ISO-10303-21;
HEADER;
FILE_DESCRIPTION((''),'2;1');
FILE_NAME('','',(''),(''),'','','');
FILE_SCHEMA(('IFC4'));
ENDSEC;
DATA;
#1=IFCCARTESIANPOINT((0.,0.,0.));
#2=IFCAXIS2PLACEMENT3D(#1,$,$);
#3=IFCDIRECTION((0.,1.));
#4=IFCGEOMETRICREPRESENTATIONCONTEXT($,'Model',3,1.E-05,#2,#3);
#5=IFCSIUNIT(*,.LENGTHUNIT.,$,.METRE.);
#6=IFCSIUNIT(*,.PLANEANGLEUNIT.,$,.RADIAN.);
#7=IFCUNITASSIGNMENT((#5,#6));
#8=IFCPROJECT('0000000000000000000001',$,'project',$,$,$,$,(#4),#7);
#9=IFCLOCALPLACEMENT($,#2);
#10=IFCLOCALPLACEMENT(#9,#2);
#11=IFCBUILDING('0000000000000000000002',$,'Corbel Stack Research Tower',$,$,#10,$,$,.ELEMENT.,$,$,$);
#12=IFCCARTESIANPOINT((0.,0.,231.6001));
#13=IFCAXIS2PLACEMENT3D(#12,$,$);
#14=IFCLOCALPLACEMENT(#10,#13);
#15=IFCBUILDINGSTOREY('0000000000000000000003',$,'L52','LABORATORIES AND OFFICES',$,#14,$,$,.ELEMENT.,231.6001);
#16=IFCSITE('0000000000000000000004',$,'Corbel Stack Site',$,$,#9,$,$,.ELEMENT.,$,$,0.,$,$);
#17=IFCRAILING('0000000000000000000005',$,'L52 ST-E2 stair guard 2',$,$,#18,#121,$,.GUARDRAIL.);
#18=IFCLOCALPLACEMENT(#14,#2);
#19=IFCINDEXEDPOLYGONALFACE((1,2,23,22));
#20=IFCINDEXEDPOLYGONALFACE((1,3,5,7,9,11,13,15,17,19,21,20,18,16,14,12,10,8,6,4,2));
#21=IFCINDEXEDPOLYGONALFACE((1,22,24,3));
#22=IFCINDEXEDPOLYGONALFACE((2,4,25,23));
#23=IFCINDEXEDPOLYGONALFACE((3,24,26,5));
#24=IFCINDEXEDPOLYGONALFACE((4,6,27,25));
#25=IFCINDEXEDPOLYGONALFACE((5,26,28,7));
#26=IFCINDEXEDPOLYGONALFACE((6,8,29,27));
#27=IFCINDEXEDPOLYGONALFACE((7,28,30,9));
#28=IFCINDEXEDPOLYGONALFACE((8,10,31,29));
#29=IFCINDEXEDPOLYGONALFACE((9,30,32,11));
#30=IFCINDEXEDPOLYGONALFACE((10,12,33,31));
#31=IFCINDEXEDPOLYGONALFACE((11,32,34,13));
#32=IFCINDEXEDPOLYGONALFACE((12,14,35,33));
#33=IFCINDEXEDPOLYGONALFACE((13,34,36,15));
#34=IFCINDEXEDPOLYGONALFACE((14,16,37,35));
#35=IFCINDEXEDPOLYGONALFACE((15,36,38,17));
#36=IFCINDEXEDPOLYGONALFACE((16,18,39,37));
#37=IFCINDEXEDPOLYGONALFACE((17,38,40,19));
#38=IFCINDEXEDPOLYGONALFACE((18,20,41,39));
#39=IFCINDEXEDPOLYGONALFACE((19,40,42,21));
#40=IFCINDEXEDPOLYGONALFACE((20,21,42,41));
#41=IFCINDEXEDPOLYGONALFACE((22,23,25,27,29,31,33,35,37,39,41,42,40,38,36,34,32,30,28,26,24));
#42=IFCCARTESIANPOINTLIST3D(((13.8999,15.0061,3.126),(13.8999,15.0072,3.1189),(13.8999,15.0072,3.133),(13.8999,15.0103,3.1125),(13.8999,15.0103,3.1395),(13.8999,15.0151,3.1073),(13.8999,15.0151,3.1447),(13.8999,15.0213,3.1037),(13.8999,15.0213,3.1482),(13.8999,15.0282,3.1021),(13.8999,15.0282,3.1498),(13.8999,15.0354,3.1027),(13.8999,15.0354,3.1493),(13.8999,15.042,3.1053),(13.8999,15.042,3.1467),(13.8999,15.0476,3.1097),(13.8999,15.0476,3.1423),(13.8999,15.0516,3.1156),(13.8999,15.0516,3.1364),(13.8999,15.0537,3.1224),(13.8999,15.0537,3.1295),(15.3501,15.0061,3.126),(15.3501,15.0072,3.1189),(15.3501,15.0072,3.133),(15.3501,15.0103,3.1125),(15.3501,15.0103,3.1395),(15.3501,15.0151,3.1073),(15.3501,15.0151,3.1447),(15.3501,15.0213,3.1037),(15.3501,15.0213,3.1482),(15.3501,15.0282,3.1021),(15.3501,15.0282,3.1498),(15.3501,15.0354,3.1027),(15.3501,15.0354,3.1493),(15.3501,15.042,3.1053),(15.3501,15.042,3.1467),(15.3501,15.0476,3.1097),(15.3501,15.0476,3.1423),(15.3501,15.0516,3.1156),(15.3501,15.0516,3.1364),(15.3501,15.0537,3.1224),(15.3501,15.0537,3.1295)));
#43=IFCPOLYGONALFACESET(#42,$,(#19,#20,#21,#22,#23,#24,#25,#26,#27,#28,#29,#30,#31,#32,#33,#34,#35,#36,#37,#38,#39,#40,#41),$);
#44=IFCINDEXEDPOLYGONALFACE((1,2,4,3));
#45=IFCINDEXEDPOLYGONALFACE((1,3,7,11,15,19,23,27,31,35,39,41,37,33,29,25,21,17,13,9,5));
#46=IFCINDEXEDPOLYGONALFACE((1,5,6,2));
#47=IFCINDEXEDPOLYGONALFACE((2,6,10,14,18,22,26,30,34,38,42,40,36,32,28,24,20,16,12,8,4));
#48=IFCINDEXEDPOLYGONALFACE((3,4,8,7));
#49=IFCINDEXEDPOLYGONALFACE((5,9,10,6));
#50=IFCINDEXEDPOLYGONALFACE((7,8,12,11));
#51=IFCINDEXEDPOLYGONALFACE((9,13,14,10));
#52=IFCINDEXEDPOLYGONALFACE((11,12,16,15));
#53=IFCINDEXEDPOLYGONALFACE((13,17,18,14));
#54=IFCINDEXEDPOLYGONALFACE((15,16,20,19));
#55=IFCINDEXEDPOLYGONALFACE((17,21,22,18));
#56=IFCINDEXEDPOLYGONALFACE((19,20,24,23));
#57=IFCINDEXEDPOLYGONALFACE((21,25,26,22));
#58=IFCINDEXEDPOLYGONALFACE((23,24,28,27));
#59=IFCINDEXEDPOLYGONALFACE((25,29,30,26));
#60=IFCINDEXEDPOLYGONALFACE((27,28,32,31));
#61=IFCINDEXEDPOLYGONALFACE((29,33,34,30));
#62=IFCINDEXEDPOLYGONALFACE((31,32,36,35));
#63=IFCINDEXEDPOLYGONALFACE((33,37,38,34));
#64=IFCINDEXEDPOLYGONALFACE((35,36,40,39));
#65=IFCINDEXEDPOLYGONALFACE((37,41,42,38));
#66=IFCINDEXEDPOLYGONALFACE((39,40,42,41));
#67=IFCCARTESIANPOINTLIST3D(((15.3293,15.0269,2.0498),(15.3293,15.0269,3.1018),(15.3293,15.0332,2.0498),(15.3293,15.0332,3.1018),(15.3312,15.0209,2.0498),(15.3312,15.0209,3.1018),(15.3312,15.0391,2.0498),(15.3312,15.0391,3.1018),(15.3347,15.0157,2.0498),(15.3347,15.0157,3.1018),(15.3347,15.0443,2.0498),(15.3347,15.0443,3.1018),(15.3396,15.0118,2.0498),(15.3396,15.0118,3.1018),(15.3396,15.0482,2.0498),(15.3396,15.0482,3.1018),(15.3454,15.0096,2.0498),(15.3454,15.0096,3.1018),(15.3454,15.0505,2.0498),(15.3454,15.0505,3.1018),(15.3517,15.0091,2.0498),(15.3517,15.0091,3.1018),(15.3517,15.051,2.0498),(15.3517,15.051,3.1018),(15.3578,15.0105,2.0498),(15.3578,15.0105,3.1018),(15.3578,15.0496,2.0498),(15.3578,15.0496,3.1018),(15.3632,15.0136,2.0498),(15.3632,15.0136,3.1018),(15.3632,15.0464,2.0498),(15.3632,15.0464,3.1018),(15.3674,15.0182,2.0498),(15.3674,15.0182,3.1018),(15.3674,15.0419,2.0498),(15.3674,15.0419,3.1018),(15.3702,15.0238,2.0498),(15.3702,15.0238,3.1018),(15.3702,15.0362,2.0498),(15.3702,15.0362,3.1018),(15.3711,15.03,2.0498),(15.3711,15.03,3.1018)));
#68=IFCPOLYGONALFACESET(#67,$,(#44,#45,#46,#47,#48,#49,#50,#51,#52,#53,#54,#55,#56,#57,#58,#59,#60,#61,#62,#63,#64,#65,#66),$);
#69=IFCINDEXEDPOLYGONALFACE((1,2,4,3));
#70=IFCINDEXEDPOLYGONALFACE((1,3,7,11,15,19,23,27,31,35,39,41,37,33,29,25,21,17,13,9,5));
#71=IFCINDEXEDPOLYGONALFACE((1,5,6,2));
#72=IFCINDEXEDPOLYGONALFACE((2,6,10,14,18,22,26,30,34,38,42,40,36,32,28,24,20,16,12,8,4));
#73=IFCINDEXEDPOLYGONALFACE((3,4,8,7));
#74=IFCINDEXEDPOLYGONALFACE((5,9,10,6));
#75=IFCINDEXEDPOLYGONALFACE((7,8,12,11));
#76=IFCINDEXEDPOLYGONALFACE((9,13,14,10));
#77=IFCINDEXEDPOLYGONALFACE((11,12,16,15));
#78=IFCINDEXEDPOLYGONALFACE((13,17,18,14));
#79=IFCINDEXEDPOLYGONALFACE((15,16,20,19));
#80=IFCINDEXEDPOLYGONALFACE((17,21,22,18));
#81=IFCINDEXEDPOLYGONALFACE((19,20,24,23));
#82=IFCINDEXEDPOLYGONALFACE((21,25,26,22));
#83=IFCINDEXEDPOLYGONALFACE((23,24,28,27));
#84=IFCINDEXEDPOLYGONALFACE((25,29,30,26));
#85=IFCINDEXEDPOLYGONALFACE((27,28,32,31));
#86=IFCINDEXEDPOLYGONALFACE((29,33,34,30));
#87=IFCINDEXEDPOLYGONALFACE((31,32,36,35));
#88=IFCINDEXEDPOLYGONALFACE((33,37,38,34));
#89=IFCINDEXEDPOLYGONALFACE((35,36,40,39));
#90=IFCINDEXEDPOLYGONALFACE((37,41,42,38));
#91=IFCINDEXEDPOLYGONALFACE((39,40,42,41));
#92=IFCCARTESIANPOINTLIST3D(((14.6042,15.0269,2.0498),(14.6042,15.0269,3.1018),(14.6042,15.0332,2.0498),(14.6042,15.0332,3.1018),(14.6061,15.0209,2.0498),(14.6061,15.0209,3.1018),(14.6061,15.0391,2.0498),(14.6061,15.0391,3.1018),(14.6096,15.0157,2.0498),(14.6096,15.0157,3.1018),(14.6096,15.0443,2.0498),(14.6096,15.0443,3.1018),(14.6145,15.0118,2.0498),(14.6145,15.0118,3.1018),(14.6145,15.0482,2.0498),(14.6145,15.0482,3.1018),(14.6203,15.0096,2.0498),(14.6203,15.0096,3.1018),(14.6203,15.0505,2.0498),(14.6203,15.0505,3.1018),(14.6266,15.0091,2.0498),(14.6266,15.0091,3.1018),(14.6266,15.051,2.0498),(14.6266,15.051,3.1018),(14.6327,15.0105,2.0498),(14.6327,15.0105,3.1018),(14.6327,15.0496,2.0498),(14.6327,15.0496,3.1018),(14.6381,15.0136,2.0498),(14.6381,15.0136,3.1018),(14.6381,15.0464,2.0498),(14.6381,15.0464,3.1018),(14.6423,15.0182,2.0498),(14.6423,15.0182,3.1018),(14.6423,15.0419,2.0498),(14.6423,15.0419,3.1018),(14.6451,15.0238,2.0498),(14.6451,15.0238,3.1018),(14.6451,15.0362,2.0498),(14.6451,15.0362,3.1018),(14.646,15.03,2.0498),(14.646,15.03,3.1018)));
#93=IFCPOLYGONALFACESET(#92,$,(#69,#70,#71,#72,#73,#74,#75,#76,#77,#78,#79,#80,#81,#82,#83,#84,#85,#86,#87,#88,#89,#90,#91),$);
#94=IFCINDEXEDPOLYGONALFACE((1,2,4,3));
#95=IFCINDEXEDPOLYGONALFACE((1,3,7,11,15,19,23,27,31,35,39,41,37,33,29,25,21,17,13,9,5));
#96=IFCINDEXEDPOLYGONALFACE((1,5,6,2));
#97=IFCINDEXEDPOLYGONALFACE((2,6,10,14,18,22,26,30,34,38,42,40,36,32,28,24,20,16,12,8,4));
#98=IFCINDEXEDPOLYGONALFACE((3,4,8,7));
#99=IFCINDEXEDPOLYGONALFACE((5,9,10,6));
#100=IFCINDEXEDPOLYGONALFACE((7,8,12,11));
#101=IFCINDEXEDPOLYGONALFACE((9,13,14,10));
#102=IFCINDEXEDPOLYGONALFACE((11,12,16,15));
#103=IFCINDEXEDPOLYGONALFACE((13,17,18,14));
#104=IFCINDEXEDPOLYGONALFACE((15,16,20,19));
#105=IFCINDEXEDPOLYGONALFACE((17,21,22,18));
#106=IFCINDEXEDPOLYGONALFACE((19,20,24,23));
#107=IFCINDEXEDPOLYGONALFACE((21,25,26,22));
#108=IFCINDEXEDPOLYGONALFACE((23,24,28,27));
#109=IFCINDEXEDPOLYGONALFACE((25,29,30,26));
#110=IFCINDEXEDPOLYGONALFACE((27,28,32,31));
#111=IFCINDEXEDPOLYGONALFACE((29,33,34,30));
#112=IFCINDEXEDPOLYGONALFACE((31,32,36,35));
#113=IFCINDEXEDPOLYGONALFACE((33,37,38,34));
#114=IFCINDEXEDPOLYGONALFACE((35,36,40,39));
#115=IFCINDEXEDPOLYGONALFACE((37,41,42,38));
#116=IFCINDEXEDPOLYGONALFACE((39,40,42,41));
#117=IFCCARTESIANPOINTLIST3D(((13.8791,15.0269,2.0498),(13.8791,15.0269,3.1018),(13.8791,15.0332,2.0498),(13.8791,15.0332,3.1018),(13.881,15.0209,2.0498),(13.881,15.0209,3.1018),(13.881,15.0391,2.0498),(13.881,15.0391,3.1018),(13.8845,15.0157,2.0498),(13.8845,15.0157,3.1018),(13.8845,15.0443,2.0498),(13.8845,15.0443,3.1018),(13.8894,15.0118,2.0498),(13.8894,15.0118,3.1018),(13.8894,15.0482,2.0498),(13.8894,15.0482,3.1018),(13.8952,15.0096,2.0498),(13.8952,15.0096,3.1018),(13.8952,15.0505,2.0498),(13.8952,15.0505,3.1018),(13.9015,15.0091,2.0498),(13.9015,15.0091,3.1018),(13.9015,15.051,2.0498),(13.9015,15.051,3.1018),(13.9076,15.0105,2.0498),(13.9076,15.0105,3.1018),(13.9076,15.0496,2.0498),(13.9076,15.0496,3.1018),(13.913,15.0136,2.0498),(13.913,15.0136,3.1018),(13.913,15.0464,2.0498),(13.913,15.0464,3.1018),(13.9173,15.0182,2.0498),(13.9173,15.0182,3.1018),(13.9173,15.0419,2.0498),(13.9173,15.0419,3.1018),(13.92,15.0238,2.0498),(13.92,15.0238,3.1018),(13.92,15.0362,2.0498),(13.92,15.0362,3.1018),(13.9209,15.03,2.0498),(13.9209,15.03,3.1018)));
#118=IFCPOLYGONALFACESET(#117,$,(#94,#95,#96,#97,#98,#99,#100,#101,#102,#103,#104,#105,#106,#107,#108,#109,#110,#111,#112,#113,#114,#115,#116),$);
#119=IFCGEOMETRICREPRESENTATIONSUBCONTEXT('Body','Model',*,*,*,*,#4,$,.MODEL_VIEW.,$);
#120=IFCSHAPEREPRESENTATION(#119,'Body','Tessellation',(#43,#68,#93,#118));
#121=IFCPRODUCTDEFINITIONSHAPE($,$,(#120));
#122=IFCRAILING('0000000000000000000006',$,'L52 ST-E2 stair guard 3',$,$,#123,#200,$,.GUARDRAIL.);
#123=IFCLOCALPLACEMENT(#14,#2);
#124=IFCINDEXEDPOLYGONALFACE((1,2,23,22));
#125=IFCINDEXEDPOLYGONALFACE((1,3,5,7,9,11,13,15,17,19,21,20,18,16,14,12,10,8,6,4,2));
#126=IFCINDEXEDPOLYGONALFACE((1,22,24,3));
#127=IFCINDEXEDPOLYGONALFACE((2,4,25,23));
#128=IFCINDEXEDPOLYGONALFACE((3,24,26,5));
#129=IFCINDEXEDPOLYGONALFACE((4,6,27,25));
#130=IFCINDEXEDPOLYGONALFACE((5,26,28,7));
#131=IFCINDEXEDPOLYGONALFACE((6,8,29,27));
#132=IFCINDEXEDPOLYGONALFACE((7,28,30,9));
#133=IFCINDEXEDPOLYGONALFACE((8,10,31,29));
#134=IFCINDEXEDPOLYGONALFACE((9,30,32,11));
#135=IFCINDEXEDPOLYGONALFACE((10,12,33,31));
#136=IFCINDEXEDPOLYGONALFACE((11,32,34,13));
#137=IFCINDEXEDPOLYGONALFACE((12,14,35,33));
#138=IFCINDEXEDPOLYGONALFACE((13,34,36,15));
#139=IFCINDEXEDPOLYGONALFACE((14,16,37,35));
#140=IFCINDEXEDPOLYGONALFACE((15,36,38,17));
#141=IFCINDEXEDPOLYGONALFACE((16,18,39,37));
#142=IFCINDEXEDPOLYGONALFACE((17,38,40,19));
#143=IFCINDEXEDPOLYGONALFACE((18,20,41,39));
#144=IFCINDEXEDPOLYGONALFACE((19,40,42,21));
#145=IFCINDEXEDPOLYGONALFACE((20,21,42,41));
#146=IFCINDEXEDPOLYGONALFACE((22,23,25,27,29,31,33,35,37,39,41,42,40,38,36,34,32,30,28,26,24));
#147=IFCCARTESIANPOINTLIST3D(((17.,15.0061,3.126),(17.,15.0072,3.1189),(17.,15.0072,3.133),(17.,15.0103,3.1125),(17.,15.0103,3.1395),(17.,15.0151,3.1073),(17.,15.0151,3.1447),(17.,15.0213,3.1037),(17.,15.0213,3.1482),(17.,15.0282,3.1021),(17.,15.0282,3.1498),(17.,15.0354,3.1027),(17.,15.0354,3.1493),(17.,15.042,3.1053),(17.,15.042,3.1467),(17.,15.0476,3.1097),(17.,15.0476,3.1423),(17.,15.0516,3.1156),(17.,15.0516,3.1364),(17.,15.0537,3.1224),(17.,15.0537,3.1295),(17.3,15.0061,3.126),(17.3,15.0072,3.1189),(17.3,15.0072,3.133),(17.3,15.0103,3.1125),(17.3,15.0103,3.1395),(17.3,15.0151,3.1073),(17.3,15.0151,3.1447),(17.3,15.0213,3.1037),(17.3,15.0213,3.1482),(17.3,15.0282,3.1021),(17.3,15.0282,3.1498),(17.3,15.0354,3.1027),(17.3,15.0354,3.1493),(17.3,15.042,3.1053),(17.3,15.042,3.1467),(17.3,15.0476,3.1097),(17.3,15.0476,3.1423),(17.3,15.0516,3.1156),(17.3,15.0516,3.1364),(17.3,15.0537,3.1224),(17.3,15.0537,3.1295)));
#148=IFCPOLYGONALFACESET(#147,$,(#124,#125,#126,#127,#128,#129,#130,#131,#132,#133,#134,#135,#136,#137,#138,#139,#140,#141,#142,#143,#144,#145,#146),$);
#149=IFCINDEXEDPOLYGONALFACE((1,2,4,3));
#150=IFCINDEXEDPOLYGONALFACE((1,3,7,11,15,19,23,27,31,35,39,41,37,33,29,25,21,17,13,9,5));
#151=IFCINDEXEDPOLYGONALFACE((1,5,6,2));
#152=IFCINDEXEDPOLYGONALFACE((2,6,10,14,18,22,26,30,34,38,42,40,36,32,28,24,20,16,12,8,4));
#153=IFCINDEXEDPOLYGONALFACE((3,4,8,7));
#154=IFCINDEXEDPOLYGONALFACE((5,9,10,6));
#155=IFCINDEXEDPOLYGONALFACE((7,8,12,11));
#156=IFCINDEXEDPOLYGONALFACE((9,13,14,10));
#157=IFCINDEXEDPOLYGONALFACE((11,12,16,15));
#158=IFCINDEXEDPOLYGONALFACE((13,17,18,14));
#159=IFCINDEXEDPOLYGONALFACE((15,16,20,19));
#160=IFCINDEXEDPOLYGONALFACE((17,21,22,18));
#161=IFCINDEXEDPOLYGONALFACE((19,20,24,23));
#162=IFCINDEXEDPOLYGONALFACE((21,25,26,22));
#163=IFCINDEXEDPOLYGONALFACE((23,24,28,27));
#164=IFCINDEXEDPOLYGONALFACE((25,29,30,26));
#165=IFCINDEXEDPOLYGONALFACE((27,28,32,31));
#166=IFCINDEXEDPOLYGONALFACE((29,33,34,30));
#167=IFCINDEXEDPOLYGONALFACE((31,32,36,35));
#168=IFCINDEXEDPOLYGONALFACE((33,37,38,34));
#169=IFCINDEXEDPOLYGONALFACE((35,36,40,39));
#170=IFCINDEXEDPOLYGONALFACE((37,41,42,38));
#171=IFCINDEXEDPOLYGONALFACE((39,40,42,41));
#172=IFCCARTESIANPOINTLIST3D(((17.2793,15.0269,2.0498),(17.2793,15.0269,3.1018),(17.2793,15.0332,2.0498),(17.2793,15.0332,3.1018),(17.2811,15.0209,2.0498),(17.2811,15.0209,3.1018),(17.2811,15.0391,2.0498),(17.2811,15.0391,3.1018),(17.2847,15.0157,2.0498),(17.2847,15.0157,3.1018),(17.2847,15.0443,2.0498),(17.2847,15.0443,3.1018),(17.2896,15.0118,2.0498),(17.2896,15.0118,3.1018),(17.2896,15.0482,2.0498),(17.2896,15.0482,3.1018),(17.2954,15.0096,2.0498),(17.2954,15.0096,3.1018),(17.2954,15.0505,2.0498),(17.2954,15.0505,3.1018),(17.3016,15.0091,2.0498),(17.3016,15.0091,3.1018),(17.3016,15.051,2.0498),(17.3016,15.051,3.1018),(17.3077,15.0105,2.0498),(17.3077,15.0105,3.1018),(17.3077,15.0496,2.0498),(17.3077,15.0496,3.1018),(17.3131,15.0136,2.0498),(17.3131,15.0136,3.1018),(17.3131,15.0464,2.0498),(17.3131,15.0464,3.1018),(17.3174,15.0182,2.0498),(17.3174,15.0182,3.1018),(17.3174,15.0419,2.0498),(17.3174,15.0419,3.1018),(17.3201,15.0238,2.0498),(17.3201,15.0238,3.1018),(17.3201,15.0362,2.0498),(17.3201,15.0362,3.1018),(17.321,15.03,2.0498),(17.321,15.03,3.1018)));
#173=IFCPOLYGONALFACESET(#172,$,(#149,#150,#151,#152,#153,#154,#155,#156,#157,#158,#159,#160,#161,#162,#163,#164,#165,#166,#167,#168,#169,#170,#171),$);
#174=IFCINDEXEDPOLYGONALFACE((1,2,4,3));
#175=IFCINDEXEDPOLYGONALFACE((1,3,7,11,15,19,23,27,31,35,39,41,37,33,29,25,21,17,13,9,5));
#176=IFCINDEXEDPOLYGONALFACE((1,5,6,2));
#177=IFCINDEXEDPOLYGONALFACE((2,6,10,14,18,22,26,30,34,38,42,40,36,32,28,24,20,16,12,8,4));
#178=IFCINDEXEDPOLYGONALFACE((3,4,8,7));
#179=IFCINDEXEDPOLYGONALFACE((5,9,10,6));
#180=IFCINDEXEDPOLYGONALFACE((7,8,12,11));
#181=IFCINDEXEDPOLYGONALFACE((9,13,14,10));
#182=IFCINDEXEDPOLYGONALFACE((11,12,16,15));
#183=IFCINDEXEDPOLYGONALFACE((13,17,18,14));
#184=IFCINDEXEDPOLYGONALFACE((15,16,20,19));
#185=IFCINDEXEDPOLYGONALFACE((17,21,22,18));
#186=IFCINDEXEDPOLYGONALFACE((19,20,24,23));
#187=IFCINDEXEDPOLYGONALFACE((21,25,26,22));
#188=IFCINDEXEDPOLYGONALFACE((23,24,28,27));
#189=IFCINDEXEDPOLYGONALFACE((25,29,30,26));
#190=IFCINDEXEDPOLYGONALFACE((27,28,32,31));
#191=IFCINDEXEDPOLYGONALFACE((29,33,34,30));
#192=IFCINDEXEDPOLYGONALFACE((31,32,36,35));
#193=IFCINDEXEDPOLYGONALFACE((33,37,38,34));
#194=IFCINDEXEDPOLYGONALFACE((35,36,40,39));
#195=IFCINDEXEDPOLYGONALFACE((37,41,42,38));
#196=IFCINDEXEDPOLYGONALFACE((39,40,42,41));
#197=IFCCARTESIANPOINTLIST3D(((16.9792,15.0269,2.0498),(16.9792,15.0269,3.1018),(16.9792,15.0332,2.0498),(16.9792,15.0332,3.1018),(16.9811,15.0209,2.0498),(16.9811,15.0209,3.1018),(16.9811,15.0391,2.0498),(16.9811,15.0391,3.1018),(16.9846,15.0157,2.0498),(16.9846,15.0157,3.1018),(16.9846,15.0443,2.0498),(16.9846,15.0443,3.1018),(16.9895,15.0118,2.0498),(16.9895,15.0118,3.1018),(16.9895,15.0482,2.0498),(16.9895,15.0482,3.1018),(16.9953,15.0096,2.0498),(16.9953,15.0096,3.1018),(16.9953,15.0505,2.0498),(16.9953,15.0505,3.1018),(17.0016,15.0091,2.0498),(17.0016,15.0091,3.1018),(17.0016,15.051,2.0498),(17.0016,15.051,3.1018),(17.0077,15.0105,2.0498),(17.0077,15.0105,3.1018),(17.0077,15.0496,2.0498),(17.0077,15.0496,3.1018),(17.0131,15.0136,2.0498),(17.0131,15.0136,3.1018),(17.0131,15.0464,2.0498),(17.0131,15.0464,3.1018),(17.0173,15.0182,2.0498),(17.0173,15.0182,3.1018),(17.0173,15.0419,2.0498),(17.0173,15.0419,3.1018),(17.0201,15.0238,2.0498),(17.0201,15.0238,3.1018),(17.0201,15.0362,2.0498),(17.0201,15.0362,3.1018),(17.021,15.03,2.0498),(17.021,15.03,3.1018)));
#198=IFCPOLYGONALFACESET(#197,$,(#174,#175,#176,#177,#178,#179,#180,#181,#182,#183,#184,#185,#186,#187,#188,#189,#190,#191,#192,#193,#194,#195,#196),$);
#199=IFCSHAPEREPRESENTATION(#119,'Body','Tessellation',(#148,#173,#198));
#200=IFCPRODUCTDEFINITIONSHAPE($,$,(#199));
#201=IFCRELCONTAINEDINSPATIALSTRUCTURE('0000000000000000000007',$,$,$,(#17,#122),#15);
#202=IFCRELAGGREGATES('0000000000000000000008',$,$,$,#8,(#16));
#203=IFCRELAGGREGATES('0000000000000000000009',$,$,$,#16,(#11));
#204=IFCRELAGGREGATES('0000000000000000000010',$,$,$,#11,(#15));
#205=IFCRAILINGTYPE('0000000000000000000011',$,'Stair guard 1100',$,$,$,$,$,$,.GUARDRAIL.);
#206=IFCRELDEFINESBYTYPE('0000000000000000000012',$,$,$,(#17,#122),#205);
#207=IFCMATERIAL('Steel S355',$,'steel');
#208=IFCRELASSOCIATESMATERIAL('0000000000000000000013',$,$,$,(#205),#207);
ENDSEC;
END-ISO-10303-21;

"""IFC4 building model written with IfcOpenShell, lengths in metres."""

from ifc_helpers import new_model, si_unit, direction, frame, origin, origin_2d, place, context, subcontext, project, spatial, circle, extrude, material, type_object, element, save


model = new_model("IFC4")

# Units and contexts
model_context = context("Model", 3, precision=1e-05, world=origin(), true_north=direction((0.0, 1.0)))
body_context = subcontext(model_context, "Body", "Model", "MODEL_VIEW")
ifc_project = project(units=[si_unit("LENGTHUNIT", "METRE"), si_unit("PLANEANGLEUNIT", "RADIAN")], contexts=[model_context])

# Site, building, storey
site_placement = place(None, origin())
site = spatial("IfcSite", under=ifc_project, at=site_placement, Name="Corbel Stack Site", CompositionType="ELEMENT", RefElevation=0.0)
building_placement = place(site_placement, origin())
building = spatial("IfcBuilding", under=site, at=building_placement, Name="Corbel Stack Research Tower", CompositionType="ELEMENT")
storey_placement = place(building_placement, frame((0.0, 0.0, 231.6001)))
storey = spatial("IfcBuildingStorey", under=building, at=storey_placement, Name="L52", Description="LABORATORIES AND OFFICES", CompositionType="ELEMENT", Elevation=231.6001)

# Railings
ifc_material_1 = material(Name="Steel S355", Category="steel")
railing_type_1 = type_object("IfcRailingType", Name="Stair guard 1100", PredefinedType="GUARDRAIL", material=ifc_material_1)
railing_1_placement = place(storey_placement, frame((15.3501, 15.03, 2.0498)))
element("IfcRailing", 1, at=railing_1_placement, inside=storey, type_object=railing_type_1, Name="L52 ST-E2 stair guard 2", PredefinedType="GUARDRAIL", context=body_context, shape_type="SweptSolid", body=[
    extrude(circle(Radius=0.0239, at=origin_2d()), frame((0.0, 0.0, 1.0762), z_axis=(-1.0, 0.0, 0.0), x_axis=(0.0, -1.0, 0.0)), (0.0, 0.0, 1.0), 1.4502),
    extrude(circle(Radius=0.021, at=origin_2d()), origin(), (0.0, 0.0, 1.0), 1.052),
    extrude(circle(Radius=0.021, at=origin_2d()), frame((-0.7251, 0.0, 0.0)), (0.0, 0.0, 1.0), 1.052),
    extrude(circle(Radius=0.021, at=origin_2d()), frame((-1.4502, 0.0, 0.0)), (0.0, 0.0, 1.0), 1.052),
])
railing_2_placement = place(storey_placement, frame((17.3, 15.03, 2.0498)))
element("IfcRailing", 2, at=railing_2_placement, inside=storey, type_object=railing_type_1, Name="L52 ST-E2 stair guard 3", PredefinedType="GUARDRAIL", context=body_context, shape_type="SweptSolid", body=[
    extrude(circle(Radius=0.0239, at=origin_2d()), frame((0.0, 0.0, 1.0762), z_axis=(-1.0, 0.0, 0.0), x_axis=(0.0, -1.0, 0.0)), (0.0, 0.0, 1.0), 0.3),
    extrude(circle(Radius=0.021, at=origin_2d()), origin(), (0.0, 0.0, 1.0), 1.052),
    extrude(circle(Radius=0.021, at=origin_2d()), frame((-0.3, 0.0, 0.0)), (0.0, 0.0, 1.0), 1.052),
])

save(model, "model.ifc")
